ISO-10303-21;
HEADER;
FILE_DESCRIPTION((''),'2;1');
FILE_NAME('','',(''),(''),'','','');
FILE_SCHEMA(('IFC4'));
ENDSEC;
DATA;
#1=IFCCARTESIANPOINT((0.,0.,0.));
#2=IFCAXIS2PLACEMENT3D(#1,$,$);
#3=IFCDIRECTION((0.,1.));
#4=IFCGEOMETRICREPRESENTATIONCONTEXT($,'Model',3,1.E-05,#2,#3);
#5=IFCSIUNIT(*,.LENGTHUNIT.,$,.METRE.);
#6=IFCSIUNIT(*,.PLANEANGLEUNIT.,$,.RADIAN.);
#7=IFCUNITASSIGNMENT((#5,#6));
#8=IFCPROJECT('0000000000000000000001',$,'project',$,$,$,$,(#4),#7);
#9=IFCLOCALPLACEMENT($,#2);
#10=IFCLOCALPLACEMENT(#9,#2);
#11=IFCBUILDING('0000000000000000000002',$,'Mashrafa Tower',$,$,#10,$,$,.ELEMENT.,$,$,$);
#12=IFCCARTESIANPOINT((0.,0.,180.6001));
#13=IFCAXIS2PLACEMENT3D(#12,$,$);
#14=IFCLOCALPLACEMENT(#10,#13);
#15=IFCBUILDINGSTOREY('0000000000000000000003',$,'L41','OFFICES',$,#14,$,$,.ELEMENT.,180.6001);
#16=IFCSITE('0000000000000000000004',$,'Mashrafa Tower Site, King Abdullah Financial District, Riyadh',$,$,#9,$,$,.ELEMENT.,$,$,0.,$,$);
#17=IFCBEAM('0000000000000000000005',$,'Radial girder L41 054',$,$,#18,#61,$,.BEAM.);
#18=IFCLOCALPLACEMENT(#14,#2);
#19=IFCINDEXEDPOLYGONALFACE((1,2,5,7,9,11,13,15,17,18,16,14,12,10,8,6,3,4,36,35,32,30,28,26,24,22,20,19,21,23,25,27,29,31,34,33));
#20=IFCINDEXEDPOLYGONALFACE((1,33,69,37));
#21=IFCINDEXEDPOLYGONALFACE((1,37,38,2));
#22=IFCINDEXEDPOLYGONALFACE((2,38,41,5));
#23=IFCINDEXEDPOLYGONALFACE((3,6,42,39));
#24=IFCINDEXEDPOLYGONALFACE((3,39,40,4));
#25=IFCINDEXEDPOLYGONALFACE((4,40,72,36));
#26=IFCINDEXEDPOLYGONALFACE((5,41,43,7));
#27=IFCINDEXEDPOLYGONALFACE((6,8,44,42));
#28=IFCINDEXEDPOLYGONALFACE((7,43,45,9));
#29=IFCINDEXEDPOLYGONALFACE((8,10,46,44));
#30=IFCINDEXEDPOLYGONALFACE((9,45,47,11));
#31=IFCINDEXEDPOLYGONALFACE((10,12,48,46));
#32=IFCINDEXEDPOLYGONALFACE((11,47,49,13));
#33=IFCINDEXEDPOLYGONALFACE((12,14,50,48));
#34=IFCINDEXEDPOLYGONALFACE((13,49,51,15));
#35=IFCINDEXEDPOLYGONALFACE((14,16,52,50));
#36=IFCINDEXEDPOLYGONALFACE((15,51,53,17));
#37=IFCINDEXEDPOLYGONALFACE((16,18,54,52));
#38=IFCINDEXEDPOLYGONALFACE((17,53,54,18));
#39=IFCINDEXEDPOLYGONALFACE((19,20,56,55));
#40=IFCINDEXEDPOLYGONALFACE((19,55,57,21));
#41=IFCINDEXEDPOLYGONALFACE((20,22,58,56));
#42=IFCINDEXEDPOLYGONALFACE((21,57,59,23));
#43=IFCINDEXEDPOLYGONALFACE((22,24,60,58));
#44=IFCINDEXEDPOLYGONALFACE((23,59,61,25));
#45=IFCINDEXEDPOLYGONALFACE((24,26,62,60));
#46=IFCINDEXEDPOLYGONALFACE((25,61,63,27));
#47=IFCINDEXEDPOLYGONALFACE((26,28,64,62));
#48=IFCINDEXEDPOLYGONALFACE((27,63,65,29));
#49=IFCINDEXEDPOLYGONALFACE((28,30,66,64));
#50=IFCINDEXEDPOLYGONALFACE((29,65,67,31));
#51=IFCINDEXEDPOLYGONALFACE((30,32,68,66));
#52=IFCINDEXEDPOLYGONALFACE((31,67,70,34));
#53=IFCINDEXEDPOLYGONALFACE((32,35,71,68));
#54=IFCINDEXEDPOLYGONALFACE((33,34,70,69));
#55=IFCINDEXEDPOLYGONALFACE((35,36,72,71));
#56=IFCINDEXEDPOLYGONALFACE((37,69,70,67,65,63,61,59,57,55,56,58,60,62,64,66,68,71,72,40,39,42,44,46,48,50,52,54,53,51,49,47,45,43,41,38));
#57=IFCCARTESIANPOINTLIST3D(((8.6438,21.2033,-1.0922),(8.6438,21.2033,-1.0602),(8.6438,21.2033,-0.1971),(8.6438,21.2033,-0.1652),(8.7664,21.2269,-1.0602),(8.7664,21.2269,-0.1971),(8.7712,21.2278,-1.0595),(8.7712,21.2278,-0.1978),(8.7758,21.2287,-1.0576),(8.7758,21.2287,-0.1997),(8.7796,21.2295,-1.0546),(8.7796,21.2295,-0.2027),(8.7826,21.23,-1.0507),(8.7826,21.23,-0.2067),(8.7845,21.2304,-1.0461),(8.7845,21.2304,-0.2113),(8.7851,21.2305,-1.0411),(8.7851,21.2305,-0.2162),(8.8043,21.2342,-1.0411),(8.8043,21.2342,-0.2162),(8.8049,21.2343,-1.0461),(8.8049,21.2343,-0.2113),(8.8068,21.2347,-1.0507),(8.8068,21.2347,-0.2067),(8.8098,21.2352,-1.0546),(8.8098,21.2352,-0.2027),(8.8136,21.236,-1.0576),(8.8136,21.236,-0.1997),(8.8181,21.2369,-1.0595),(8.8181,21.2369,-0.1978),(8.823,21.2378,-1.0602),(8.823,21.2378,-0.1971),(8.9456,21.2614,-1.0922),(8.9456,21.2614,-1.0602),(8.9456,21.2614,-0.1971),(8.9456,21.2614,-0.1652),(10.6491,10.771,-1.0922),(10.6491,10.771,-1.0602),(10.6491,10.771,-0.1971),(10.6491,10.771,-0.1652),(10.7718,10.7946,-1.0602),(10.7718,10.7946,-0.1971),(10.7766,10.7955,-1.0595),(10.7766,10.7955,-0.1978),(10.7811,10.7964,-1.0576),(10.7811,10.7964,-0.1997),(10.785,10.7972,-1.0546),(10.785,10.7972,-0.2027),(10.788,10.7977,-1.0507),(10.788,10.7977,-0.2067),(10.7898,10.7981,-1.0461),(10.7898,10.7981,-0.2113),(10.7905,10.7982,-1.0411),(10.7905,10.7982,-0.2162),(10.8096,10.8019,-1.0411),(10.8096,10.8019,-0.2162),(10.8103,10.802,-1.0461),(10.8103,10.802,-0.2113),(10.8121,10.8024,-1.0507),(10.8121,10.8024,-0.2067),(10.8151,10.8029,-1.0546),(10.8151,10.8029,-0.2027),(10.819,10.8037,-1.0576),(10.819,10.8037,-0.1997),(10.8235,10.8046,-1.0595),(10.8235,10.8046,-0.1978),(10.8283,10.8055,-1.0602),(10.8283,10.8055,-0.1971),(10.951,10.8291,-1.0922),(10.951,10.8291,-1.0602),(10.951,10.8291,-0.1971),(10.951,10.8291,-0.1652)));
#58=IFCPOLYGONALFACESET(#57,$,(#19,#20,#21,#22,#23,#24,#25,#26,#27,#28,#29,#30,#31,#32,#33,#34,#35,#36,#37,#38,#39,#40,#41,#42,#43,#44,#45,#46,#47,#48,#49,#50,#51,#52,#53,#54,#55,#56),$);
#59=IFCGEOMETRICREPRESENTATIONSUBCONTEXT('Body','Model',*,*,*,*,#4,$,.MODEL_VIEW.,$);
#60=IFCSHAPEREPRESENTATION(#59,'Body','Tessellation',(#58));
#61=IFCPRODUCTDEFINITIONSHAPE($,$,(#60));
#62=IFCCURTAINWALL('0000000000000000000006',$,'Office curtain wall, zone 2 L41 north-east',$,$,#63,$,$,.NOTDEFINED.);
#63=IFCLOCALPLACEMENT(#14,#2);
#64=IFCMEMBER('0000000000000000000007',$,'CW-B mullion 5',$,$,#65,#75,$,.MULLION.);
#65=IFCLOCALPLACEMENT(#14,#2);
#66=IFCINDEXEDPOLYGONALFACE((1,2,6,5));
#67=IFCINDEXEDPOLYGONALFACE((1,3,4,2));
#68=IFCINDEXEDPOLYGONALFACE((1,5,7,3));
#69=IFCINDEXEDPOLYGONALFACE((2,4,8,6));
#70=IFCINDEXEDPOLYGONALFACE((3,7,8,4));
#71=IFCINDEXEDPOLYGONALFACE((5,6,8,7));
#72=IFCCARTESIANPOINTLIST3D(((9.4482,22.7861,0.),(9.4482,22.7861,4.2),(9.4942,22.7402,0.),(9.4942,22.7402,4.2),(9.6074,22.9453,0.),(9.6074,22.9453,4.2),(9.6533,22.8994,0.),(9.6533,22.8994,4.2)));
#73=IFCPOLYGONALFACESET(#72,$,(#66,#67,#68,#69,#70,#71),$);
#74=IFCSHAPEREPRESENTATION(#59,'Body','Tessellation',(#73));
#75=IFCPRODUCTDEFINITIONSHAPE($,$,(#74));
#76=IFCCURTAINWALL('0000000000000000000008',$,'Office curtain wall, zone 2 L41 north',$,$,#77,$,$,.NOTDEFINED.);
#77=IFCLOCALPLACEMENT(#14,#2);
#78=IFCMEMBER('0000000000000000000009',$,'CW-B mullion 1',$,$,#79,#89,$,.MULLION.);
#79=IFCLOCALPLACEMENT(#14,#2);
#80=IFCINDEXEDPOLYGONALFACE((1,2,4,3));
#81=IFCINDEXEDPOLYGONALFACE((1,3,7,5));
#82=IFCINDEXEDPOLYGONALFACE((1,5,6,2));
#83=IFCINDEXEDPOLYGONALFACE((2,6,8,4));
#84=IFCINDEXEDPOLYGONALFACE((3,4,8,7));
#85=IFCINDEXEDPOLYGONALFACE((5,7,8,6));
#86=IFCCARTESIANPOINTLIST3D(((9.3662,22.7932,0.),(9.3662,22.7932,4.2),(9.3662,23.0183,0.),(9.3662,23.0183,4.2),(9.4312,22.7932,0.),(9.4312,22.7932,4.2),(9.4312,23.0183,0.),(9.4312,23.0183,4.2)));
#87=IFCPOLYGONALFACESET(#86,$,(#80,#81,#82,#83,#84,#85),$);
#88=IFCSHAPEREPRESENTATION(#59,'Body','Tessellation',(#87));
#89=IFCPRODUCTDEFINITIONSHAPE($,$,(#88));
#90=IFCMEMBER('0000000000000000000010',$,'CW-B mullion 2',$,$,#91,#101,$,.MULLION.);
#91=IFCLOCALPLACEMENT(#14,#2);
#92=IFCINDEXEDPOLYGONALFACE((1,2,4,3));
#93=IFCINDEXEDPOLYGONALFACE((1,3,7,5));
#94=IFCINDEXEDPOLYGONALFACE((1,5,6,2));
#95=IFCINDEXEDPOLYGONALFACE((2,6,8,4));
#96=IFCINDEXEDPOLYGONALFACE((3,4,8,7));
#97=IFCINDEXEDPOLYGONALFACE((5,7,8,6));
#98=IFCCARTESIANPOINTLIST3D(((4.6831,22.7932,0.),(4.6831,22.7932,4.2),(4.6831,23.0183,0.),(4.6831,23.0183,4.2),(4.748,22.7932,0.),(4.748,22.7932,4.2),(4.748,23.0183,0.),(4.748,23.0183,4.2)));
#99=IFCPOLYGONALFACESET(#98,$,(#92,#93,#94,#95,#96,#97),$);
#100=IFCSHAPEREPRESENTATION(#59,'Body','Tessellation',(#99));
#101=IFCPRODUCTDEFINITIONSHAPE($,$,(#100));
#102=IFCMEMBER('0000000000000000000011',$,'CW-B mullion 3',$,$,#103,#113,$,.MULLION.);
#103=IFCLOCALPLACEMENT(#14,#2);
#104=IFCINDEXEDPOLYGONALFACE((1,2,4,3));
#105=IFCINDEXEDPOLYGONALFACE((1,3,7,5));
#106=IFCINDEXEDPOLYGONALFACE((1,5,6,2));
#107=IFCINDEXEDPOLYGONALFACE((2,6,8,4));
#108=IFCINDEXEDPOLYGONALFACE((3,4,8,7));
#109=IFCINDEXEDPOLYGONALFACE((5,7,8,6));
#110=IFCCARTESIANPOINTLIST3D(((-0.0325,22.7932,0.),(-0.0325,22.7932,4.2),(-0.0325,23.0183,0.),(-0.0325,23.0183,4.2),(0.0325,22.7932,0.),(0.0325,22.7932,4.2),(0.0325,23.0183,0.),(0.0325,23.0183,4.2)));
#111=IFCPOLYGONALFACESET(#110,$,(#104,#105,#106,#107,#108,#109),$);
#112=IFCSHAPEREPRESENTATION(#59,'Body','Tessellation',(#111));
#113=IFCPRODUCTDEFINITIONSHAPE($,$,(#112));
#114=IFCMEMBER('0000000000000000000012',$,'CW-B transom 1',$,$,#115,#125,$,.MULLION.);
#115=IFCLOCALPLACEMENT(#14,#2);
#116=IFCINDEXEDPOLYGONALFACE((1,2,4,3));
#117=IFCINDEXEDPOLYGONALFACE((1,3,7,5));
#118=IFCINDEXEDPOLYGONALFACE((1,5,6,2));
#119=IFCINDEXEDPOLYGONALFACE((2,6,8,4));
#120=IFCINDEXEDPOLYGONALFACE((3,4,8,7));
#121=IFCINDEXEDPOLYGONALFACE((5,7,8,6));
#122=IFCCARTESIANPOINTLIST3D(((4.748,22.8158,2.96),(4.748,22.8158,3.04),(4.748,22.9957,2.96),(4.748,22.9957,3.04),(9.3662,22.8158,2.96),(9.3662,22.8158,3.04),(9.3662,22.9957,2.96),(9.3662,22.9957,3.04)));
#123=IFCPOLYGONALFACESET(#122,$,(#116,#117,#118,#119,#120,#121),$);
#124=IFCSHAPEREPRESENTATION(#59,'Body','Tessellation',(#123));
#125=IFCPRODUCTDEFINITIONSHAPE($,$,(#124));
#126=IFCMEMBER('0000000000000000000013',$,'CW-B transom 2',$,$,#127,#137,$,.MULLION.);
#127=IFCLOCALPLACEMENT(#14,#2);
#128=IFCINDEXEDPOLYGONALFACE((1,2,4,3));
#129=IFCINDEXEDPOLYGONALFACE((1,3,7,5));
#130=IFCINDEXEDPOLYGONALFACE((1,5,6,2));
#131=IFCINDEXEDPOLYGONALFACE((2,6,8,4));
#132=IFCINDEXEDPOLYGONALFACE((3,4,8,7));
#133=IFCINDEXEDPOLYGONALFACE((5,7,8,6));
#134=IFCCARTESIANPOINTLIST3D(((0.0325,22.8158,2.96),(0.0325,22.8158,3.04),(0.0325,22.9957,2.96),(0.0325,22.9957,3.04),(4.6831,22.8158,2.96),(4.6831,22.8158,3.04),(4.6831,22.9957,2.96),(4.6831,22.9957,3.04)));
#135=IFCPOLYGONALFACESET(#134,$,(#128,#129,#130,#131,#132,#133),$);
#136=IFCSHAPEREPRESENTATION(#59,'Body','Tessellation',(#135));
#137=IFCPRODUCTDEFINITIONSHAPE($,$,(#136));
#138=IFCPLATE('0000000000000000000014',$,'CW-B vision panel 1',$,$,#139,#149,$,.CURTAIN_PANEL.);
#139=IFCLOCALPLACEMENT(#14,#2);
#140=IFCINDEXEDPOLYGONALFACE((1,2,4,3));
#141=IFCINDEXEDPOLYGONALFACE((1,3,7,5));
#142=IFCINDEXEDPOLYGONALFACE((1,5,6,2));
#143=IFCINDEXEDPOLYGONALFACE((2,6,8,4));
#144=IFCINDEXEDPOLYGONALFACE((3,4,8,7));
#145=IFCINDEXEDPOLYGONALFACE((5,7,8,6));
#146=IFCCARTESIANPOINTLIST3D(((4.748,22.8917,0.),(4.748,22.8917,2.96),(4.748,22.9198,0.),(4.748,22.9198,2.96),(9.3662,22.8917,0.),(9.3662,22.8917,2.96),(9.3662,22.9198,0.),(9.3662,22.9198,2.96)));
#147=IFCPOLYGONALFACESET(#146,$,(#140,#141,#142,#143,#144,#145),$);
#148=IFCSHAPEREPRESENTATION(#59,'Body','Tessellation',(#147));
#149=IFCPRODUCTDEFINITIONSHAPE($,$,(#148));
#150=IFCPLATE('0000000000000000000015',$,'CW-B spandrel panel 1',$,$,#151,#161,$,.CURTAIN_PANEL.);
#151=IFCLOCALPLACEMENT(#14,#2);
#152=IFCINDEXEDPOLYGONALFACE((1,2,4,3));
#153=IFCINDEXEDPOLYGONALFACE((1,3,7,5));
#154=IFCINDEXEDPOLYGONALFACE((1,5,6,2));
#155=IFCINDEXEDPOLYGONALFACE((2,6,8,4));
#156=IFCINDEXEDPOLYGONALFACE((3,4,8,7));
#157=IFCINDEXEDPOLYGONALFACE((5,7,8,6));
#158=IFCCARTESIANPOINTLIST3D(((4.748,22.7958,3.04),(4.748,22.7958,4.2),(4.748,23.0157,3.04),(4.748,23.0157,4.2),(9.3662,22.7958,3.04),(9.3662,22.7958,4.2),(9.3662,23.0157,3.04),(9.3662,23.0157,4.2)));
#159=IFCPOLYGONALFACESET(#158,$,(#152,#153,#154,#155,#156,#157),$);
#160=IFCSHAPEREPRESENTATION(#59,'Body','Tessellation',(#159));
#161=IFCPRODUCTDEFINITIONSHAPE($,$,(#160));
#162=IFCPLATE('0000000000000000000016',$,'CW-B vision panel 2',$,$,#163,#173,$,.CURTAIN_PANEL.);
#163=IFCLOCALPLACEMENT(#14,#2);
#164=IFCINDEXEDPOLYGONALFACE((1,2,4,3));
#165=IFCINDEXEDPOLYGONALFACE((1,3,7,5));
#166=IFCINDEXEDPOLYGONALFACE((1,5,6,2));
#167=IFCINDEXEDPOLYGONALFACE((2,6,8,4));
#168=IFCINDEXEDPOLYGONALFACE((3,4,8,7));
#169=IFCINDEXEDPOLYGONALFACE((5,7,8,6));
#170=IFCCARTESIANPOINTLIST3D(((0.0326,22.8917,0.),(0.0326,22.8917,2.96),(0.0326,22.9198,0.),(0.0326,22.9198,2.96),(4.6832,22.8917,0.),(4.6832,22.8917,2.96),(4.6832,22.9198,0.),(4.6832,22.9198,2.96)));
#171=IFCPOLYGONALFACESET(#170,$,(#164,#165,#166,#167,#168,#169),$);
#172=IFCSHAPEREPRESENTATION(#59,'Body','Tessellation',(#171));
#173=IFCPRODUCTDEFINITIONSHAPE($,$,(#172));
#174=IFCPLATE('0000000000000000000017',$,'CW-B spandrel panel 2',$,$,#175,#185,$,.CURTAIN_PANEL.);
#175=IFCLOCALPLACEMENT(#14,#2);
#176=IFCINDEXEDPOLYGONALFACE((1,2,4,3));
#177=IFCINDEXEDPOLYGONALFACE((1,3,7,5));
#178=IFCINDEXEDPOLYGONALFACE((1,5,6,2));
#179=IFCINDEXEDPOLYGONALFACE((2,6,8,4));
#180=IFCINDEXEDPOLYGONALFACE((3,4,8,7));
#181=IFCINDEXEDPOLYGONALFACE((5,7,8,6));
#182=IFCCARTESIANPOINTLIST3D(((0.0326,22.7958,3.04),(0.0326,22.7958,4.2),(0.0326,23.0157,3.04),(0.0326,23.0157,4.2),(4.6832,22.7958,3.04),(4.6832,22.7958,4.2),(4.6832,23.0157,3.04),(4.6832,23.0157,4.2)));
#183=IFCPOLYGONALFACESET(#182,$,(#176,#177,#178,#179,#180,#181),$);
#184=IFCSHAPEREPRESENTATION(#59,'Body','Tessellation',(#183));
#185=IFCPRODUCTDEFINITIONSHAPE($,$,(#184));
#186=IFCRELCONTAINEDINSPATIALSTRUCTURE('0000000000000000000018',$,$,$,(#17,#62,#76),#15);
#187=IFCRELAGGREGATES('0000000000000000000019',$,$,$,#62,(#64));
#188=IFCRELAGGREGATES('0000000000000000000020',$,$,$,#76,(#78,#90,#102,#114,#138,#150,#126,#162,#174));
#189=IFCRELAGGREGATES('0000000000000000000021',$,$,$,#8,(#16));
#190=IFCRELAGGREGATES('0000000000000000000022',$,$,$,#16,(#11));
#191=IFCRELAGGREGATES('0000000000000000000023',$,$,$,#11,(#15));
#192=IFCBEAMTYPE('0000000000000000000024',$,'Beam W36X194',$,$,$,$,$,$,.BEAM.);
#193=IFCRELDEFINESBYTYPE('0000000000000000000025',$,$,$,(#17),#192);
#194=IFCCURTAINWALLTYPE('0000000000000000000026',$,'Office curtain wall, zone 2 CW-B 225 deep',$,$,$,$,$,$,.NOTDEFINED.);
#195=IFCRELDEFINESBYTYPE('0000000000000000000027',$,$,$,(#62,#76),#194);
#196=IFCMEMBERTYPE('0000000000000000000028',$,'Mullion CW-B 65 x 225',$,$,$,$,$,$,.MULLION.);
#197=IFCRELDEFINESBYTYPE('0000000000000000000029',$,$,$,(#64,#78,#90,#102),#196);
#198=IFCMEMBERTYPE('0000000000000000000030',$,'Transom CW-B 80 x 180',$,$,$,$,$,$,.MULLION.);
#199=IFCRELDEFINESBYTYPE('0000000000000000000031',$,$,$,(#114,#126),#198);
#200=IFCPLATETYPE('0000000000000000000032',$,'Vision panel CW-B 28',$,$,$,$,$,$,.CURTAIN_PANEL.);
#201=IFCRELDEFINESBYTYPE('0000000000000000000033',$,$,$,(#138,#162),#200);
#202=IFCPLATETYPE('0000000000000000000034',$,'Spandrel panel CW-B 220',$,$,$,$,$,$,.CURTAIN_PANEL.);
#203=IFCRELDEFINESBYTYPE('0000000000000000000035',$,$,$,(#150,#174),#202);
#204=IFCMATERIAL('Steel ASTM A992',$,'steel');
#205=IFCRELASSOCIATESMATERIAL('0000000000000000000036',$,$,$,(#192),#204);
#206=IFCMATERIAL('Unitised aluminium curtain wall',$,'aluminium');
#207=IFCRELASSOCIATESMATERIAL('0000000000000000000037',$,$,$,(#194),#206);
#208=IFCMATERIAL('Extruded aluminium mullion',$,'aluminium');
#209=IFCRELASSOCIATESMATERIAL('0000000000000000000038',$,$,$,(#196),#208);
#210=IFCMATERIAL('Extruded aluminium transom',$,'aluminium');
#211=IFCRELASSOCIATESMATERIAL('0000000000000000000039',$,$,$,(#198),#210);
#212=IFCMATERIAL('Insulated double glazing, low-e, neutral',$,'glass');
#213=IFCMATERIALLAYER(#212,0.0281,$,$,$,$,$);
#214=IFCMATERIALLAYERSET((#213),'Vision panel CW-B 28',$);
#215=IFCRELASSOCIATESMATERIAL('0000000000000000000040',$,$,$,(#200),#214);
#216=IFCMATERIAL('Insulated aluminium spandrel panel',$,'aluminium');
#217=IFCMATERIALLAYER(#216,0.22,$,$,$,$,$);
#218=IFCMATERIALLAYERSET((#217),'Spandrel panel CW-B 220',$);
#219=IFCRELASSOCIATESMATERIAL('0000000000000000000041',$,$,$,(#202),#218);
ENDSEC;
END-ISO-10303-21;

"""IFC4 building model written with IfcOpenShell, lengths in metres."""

from ifc_helpers import new_model, si_unit, direction, frame, origin, origin_2d, place, context, subcontext, project, spatial, rectangle, i_section, extrude, source, transform, mapped, material, layer, layer_set, material_profile, profile_set, type_object, type_shapes, element, aggregate, save


model = new_model("IFC4")

# Units and contexts
model_context = context("Model", 3, precision=1e-05, world=origin(), true_north=direction((0.0, 1.0)))
body_context = subcontext(model_context, "Body", "Model", "MODEL_VIEW")
ifc_project = project(units=[si_unit("LENGTHUNIT", "METRE"), si_unit("PLANEANGLEUNIT", "RADIAN")], contexts=[model_context])

# Site, building, storey
site_placement = place(None, origin())
site = spatial("IfcSite", under=ifc_project, at=site_placement, Name="Mashrafa Tower Site, King Abdullah Financial District, Riyadh", CompositionType="ELEMENT", RefElevation=0.0)
building_placement = place(site_placement, origin())
building = spatial("IfcBuilding", under=site, at=building_placement, Name="Mashrafa Tower", CompositionType="ELEMENT")
storey_placement = place(building_placement, frame((0.0, 0.0, 180.6001)))
storey = spatial("IfcBuildingStorey", under=building, at=storey_placement, Name="L41", Description="OFFICES", CompositionType="ELEMENT", Elevation=180.6001)

# Beam
ifc_material_1 = material(Name="Steel ASTM A992", Category="steel")
ifc_material_profile_1 = material_profile(ifc_material_1, i_section(OverallWidth=0.3074, OverallDepth=0.927, WebThickness=0.0195, FlangeThickness=0.032, FilletRadius=0.019, at=origin_2d()), Name="W36X194")
ifc_profile_set_1 = profile_set([ifc_material_profile_1], Name="Steel ASTM A992")
beam_type_1 = type_object("IfcBeamType", Name="Beam W36X194", PredefinedType="BEAM", material=ifc_profile_set_1)
beam_1_placement = place(storey_placement, frame((10.8, 10.8, -0.6287), z_axis=(-0.18877, 0.982021, 0.0), x_axis=(-0.982021, -0.18877, 0.0)))
element("IfcBeam", 1, at=beam_1_placement, inside=storey, type_object=beam_type_1, Name="Radial girder L41 054", PredefinedType="BEAM", context=body_context, shape_type="SweptSolid", body=[
    extrude(i_section(OverallWidth=0.3074, OverallDepth=0.927, WebThickness=0.0195, FlangeThickness=0.032, FilletRadius=0.019, at=origin_2d()), origin(), (0.0, 0.0, 1.0), 10.6233),
])

# Curtain wall, member
ifc_material_2 = material(Name="Unitised aluminium curtain wall", Category="aluminium")
curtain_wall_type = type_object("IfcCurtainWallType", Name="Office curtain wall, zone 2 CW-B 225 deep", PredefinedType="NOTDEFINED", material=ifc_material_2)
curtain_wall_1_placement = place(storey_placement, origin())
curtain_wall_1 = element("IfcCurtainWall", 2, at=curtain_wall_1_placement, inside=storey, type_object=curtain_wall_type, Name="Office curtain wall, zone 2 L41 north-east", PredefinedType="NOTDEFINED")
ifc_material_3 = material(Name="Extruded aluminium mullion", Category="aluminium")
ifc_material_profile_2 = material_profile(ifc_material_3, rectangle(XDim=0.2251, YDim=0.0649, at=origin_2d()), Name="Mullion 65x225")
ifc_profile_set_2 = profile_set([ifc_material_profile_2], Name="Extruded aluminium mullion")
member_type_1 = type_object("IfcMemberType", Name="Mullion CW-B 65 x 225", PredefinedType="MULLION", material=ifc_profile_set_2)
shared_shape_1 = source(origin(), body_context, "Body", "SweptSolid", [
    extrude(rectangle(XDim=0.2251, YDim=0.0649, at=origin_2d()), origin(), (0.0, 0.0, 1.0), 4.2),
])
type_shapes(member_type_1, [shared_shape_1])
member_1_placement = place(storey_placement, frame((9.5508, 22.8428, 0.0), z_axis=(0.0, 0.0, 1.0), x_axis=(-0.707107, -0.707107, 0.0)))
member_1 = element("IfcMember", 3, at=member_1_placement, type_object=member_type_1, Name="CW-B mullion 5", PredefinedType="MULLION", context=body_context, shape_type="MappedRepresentation", body=[
    mapped(shared_shape_1, transform((0.0, 0.0, 0.0))),
])
aggregate(curtain_wall_1, [member_1])

# Curtain wall, members, plates
curtain_wall_2_placement = place(storey_placement, origin())
curtain_wall_2 = element("IfcCurtainWall", 4, at=curtain_wall_2_placement, inside=storey, type_object=curtain_wall_type, Name="Office curtain wall, zone 2 L41 north", PredefinedType="NOTDEFINED")
member_2_placement = place(storey_placement, frame((9.3987, 22.9058, 0.0), z_axis=(0.0, 0.0, 1.0), x_axis=(0.0, -1.0, 0.0)))
member_2 = element("IfcMember", 5, at=member_2_placement, type_object=member_type_1, Name="CW-B mullion 1", PredefinedType="MULLION", context=body_context, shape_type="MappedRepresentation", body=[
    mapped(shared_shape_1, transform((0.0, 0.0, 0.0))),
])
member_3_placement = place(storey_placement, frame((4.7156, 22.9058, 0.0), z_axis=(0.0, 0.0, 1.0), x_axis=(0.0, -1.0, 0.0)))
member_3 = element("IfcMember", 6, at=member_3_placement, type_object=member_type_1, Name="CW-B mullion 2", PredefinedType="MULLION", context=body_context, shape_type="MappedRepresentation", body=[
    mapped(shared_shape_1, transform((0.0, 0.0, 0.0))),
])
member_4_placement = place(storey_placement, frame((0.0, 22.9058, 0.0), z_axis=(0.0, 0.0, 1.0), x_axis=(0.0, -1.0, 0.0)))
member_4 = element("IfcMember", 7, at=member_4_placement, type_object=member_type_1, Name="CW-B mullion 3", PredefinedType="MULLION", context=body_context, shape_type="MappedRepresentation", body=[
    mapped(shared_shape_1, transform((0.0, 0.0, 0.0))),
])
ifc_material_4 = material(Name="Extruded aluminium transom", Category="aluminium")
ifc_material_profile_3 = material_profile(ifc_material_4, rectangle(XDim=0.1799, YDim=0.0801, at=origin_2d()), Name="Transom 80x180")
ifc_profile_set_3 = profile_set([ifc_material_profile_3], Name="Extruded aluminium transom")
member_type_2 = type_object("IfcMemberType", Name="Transom CW-B 80 x 180", PredefinedType="MULLION", material=ifc_profile_set_3)
shared_shape_2 = source(origin(), body_context, "Body", "SweptSolid", [
    extrude(rectangle(XDim=0.1799, YDim=0.0801, at=origin_2d()), origin(), (0.0, 0.0, 1.0), 4.6182),
])
member_5_placement = place(storey_placement, frame((9.3662, 22.9058, 3.0), z_axis=(-1.0, 0.0, 0.0), x_axis=(0.0, -1.0, 0.0)))
member_5 = element("IfcMember", 8, at=member_5_placement, type_object=member_type_2, Name="CW-B transom 1", PredefinedType="MULLION", context=body_context, shape_type="MappedRepresentation", body=[
    mapped(shared_shape_2, transform((0.0, 0.0, 0.0))),
])
shared_shape_3 = source(origin(), body_context, "Body", "SweptSolid", [
    extrude(rectangle(XDim=0.1799, YDim=0.0801, at=origin_2d()), origin(), (0.0, 0.0, 1.0), 4.6506),
])
type_shapes(member_type_2, [shared_shape_2, shared_shape_3])
member_6_placement = place(storey_placement, frame((4.6831, 22.9058, 3.0), z_axis=(-1.0, 0.0, 0.0), x_axis=(0.0, -1.0, 0.0)))
member_6 = element("IfcMember", 9, at=member_6_placement, type_object=member_type_2, Name="CW-B transom 2", PredefinedType="MULLION", context=body_context, shape_type="MappedRepresentation", body=[
    mapped(shared_shape_3, transform((0.0, 0.0, 0.0))),
])
ifc_material_5 = material(Name="Insulated double glazing, low-e, neutral", Category="glass")
ifc_layer_1 = layer(ifc_material_5, 0.0281)
ifc_layer_set_1 = layer_set([ifc_layer_1], Name="Vision panel CW-B 28")
plate_type_1 = type_object("IfcPlateType", Name="Vision panel CW-B 28", PredefinedType="CURTAIN_PANEL", material=ifc_layer_set_1)
shared_shape_4 = source(origin(), body_context, "Body", "SweptSolid", [
    extrude(rectangle(XDim=4.6182, YDim=0.0281, at=origin_2d()), origin(), (0.0, 0.0, 1.0), 2.96),
])
plate_1_placement = place(storey_placement, frame((7.0571, 22.9058, 0.0), z_axis=(0.0, 0.0, 1.0), x_axis=(-1.0, 0.0, 0.0)))
plate_1 = element("IfcPlate", 10, at=plate_1_placement, type_object=plate_type_1, Name="CW-B vision panel 1", PredefinedType="CURTAIN_PANEL", context=body_context, shape_type="MappedRepresentation", body=[
    mapped(shared_shape_4, transform((0.0, 0.0, 0.0))),
])
ifc_material_6 = material(Name="Insulated aluminium spandrel panel", Category="aluminium")
ifc_layer_2 = layer(ifc_material_6, 0.22)
ifc_layer_set_2 = layer_set([ifc_layer_2], Name="Spandrel panel CW-B 220")
plate_type_2 = type_object("IfcPlateType", Name="Spandrel panel CW-B 220", PredefinedType="CURTAIN_PANEL", material=ifc_layer_set_2)
shared_shape_5 = source(origin(), body_context, "Body", "SweptSolid", [
    extrude(rectangle(XDim=4.6182, YDim=0.22, at=origin_2d()), origin(), (0.0, 0.0, 1.0), 1.1599),
])
plate_2_placement = place(storey_placement, frame((7.0571, 22.9058, 3.04), z_axis=(0.0, 0.0, 1.0), x_axis=(-1.0, 0.0, 0.0)))
plate_2 = element("IfcPlate", 11, at=plate_2_placement, type_object=plate_type_2, Name="CW-B spandrel panel 1", PredefinedType="CURTAIN_PANEL", context=body_context, shape_type="MappedRepresentation", body=[
    mapped(shared_shape_5, transform((0.0, 0.0, 0.0))),
])
shared_shape_6 = source(origin(), body_context, "Body", "SweptSolid", [
    extrude(rectangle(XDim=4.6506, YDim=0.0281, at=origin_2d()), origin(), (0.0, 0.0, 1.0), 2.96),
])
type_shapes(plate_type_1, [shared_shape_4, shared_shape_6])
plate_3_placement = place(storey_placement, frame((2.3579, 22.9058, 0.0), z_axis=(0.0, 0.0, 1.0), x_axis=(-1.0, 0.0, 0.0)))
plate_3 = element("IfcPlate", 12, at=plate_3_placement, type_object=plate_type_1, Name="CW-B vision panel 2", PredefinedType="CURTAIN_PANEL", context=body_context, shape_type="MappedRepresentation", body=[
    mapped(shared_shape_6, transform((0.0, 0.0, 0.0))),
])
shared_shape_7 = source(origin(), body_context, "Body", "SweptSolid", [
    extrude(rectangle(XDim=4.6506, YDim=0.22, at=origin_2d()), origin(), (0.0, 0.0, 1.0), 1.1599),
])
type_shapes(plate_type_2, [shared_shape_5, shared_shape_7])
plate_4_placement = place(storey_placement, frame((2.3579, 22.9058, 3.04), z_axis=(0.0, 0.0, 1.0), x_axis=(-1.0, 0.0, 0.0)))
plate_4 = element("IfcPlate", 13, at=plate_4_placement, type_object=plate_type_2, Name="CW-B spandrel panel 2", PredefinedType="CURTAIN_PANEL", context=body_context, shape_type="MappedRepresentation", body=[
    mapped(shared_shape_7, transform((0.0, 0.0, 0.0))),
])
aggregate(curtain_wall_2, [member_2, member_3, member_4, member_5, plate_1, plate_2, member_6, plate_3, plate_4])

save(model, "model.ifc")
